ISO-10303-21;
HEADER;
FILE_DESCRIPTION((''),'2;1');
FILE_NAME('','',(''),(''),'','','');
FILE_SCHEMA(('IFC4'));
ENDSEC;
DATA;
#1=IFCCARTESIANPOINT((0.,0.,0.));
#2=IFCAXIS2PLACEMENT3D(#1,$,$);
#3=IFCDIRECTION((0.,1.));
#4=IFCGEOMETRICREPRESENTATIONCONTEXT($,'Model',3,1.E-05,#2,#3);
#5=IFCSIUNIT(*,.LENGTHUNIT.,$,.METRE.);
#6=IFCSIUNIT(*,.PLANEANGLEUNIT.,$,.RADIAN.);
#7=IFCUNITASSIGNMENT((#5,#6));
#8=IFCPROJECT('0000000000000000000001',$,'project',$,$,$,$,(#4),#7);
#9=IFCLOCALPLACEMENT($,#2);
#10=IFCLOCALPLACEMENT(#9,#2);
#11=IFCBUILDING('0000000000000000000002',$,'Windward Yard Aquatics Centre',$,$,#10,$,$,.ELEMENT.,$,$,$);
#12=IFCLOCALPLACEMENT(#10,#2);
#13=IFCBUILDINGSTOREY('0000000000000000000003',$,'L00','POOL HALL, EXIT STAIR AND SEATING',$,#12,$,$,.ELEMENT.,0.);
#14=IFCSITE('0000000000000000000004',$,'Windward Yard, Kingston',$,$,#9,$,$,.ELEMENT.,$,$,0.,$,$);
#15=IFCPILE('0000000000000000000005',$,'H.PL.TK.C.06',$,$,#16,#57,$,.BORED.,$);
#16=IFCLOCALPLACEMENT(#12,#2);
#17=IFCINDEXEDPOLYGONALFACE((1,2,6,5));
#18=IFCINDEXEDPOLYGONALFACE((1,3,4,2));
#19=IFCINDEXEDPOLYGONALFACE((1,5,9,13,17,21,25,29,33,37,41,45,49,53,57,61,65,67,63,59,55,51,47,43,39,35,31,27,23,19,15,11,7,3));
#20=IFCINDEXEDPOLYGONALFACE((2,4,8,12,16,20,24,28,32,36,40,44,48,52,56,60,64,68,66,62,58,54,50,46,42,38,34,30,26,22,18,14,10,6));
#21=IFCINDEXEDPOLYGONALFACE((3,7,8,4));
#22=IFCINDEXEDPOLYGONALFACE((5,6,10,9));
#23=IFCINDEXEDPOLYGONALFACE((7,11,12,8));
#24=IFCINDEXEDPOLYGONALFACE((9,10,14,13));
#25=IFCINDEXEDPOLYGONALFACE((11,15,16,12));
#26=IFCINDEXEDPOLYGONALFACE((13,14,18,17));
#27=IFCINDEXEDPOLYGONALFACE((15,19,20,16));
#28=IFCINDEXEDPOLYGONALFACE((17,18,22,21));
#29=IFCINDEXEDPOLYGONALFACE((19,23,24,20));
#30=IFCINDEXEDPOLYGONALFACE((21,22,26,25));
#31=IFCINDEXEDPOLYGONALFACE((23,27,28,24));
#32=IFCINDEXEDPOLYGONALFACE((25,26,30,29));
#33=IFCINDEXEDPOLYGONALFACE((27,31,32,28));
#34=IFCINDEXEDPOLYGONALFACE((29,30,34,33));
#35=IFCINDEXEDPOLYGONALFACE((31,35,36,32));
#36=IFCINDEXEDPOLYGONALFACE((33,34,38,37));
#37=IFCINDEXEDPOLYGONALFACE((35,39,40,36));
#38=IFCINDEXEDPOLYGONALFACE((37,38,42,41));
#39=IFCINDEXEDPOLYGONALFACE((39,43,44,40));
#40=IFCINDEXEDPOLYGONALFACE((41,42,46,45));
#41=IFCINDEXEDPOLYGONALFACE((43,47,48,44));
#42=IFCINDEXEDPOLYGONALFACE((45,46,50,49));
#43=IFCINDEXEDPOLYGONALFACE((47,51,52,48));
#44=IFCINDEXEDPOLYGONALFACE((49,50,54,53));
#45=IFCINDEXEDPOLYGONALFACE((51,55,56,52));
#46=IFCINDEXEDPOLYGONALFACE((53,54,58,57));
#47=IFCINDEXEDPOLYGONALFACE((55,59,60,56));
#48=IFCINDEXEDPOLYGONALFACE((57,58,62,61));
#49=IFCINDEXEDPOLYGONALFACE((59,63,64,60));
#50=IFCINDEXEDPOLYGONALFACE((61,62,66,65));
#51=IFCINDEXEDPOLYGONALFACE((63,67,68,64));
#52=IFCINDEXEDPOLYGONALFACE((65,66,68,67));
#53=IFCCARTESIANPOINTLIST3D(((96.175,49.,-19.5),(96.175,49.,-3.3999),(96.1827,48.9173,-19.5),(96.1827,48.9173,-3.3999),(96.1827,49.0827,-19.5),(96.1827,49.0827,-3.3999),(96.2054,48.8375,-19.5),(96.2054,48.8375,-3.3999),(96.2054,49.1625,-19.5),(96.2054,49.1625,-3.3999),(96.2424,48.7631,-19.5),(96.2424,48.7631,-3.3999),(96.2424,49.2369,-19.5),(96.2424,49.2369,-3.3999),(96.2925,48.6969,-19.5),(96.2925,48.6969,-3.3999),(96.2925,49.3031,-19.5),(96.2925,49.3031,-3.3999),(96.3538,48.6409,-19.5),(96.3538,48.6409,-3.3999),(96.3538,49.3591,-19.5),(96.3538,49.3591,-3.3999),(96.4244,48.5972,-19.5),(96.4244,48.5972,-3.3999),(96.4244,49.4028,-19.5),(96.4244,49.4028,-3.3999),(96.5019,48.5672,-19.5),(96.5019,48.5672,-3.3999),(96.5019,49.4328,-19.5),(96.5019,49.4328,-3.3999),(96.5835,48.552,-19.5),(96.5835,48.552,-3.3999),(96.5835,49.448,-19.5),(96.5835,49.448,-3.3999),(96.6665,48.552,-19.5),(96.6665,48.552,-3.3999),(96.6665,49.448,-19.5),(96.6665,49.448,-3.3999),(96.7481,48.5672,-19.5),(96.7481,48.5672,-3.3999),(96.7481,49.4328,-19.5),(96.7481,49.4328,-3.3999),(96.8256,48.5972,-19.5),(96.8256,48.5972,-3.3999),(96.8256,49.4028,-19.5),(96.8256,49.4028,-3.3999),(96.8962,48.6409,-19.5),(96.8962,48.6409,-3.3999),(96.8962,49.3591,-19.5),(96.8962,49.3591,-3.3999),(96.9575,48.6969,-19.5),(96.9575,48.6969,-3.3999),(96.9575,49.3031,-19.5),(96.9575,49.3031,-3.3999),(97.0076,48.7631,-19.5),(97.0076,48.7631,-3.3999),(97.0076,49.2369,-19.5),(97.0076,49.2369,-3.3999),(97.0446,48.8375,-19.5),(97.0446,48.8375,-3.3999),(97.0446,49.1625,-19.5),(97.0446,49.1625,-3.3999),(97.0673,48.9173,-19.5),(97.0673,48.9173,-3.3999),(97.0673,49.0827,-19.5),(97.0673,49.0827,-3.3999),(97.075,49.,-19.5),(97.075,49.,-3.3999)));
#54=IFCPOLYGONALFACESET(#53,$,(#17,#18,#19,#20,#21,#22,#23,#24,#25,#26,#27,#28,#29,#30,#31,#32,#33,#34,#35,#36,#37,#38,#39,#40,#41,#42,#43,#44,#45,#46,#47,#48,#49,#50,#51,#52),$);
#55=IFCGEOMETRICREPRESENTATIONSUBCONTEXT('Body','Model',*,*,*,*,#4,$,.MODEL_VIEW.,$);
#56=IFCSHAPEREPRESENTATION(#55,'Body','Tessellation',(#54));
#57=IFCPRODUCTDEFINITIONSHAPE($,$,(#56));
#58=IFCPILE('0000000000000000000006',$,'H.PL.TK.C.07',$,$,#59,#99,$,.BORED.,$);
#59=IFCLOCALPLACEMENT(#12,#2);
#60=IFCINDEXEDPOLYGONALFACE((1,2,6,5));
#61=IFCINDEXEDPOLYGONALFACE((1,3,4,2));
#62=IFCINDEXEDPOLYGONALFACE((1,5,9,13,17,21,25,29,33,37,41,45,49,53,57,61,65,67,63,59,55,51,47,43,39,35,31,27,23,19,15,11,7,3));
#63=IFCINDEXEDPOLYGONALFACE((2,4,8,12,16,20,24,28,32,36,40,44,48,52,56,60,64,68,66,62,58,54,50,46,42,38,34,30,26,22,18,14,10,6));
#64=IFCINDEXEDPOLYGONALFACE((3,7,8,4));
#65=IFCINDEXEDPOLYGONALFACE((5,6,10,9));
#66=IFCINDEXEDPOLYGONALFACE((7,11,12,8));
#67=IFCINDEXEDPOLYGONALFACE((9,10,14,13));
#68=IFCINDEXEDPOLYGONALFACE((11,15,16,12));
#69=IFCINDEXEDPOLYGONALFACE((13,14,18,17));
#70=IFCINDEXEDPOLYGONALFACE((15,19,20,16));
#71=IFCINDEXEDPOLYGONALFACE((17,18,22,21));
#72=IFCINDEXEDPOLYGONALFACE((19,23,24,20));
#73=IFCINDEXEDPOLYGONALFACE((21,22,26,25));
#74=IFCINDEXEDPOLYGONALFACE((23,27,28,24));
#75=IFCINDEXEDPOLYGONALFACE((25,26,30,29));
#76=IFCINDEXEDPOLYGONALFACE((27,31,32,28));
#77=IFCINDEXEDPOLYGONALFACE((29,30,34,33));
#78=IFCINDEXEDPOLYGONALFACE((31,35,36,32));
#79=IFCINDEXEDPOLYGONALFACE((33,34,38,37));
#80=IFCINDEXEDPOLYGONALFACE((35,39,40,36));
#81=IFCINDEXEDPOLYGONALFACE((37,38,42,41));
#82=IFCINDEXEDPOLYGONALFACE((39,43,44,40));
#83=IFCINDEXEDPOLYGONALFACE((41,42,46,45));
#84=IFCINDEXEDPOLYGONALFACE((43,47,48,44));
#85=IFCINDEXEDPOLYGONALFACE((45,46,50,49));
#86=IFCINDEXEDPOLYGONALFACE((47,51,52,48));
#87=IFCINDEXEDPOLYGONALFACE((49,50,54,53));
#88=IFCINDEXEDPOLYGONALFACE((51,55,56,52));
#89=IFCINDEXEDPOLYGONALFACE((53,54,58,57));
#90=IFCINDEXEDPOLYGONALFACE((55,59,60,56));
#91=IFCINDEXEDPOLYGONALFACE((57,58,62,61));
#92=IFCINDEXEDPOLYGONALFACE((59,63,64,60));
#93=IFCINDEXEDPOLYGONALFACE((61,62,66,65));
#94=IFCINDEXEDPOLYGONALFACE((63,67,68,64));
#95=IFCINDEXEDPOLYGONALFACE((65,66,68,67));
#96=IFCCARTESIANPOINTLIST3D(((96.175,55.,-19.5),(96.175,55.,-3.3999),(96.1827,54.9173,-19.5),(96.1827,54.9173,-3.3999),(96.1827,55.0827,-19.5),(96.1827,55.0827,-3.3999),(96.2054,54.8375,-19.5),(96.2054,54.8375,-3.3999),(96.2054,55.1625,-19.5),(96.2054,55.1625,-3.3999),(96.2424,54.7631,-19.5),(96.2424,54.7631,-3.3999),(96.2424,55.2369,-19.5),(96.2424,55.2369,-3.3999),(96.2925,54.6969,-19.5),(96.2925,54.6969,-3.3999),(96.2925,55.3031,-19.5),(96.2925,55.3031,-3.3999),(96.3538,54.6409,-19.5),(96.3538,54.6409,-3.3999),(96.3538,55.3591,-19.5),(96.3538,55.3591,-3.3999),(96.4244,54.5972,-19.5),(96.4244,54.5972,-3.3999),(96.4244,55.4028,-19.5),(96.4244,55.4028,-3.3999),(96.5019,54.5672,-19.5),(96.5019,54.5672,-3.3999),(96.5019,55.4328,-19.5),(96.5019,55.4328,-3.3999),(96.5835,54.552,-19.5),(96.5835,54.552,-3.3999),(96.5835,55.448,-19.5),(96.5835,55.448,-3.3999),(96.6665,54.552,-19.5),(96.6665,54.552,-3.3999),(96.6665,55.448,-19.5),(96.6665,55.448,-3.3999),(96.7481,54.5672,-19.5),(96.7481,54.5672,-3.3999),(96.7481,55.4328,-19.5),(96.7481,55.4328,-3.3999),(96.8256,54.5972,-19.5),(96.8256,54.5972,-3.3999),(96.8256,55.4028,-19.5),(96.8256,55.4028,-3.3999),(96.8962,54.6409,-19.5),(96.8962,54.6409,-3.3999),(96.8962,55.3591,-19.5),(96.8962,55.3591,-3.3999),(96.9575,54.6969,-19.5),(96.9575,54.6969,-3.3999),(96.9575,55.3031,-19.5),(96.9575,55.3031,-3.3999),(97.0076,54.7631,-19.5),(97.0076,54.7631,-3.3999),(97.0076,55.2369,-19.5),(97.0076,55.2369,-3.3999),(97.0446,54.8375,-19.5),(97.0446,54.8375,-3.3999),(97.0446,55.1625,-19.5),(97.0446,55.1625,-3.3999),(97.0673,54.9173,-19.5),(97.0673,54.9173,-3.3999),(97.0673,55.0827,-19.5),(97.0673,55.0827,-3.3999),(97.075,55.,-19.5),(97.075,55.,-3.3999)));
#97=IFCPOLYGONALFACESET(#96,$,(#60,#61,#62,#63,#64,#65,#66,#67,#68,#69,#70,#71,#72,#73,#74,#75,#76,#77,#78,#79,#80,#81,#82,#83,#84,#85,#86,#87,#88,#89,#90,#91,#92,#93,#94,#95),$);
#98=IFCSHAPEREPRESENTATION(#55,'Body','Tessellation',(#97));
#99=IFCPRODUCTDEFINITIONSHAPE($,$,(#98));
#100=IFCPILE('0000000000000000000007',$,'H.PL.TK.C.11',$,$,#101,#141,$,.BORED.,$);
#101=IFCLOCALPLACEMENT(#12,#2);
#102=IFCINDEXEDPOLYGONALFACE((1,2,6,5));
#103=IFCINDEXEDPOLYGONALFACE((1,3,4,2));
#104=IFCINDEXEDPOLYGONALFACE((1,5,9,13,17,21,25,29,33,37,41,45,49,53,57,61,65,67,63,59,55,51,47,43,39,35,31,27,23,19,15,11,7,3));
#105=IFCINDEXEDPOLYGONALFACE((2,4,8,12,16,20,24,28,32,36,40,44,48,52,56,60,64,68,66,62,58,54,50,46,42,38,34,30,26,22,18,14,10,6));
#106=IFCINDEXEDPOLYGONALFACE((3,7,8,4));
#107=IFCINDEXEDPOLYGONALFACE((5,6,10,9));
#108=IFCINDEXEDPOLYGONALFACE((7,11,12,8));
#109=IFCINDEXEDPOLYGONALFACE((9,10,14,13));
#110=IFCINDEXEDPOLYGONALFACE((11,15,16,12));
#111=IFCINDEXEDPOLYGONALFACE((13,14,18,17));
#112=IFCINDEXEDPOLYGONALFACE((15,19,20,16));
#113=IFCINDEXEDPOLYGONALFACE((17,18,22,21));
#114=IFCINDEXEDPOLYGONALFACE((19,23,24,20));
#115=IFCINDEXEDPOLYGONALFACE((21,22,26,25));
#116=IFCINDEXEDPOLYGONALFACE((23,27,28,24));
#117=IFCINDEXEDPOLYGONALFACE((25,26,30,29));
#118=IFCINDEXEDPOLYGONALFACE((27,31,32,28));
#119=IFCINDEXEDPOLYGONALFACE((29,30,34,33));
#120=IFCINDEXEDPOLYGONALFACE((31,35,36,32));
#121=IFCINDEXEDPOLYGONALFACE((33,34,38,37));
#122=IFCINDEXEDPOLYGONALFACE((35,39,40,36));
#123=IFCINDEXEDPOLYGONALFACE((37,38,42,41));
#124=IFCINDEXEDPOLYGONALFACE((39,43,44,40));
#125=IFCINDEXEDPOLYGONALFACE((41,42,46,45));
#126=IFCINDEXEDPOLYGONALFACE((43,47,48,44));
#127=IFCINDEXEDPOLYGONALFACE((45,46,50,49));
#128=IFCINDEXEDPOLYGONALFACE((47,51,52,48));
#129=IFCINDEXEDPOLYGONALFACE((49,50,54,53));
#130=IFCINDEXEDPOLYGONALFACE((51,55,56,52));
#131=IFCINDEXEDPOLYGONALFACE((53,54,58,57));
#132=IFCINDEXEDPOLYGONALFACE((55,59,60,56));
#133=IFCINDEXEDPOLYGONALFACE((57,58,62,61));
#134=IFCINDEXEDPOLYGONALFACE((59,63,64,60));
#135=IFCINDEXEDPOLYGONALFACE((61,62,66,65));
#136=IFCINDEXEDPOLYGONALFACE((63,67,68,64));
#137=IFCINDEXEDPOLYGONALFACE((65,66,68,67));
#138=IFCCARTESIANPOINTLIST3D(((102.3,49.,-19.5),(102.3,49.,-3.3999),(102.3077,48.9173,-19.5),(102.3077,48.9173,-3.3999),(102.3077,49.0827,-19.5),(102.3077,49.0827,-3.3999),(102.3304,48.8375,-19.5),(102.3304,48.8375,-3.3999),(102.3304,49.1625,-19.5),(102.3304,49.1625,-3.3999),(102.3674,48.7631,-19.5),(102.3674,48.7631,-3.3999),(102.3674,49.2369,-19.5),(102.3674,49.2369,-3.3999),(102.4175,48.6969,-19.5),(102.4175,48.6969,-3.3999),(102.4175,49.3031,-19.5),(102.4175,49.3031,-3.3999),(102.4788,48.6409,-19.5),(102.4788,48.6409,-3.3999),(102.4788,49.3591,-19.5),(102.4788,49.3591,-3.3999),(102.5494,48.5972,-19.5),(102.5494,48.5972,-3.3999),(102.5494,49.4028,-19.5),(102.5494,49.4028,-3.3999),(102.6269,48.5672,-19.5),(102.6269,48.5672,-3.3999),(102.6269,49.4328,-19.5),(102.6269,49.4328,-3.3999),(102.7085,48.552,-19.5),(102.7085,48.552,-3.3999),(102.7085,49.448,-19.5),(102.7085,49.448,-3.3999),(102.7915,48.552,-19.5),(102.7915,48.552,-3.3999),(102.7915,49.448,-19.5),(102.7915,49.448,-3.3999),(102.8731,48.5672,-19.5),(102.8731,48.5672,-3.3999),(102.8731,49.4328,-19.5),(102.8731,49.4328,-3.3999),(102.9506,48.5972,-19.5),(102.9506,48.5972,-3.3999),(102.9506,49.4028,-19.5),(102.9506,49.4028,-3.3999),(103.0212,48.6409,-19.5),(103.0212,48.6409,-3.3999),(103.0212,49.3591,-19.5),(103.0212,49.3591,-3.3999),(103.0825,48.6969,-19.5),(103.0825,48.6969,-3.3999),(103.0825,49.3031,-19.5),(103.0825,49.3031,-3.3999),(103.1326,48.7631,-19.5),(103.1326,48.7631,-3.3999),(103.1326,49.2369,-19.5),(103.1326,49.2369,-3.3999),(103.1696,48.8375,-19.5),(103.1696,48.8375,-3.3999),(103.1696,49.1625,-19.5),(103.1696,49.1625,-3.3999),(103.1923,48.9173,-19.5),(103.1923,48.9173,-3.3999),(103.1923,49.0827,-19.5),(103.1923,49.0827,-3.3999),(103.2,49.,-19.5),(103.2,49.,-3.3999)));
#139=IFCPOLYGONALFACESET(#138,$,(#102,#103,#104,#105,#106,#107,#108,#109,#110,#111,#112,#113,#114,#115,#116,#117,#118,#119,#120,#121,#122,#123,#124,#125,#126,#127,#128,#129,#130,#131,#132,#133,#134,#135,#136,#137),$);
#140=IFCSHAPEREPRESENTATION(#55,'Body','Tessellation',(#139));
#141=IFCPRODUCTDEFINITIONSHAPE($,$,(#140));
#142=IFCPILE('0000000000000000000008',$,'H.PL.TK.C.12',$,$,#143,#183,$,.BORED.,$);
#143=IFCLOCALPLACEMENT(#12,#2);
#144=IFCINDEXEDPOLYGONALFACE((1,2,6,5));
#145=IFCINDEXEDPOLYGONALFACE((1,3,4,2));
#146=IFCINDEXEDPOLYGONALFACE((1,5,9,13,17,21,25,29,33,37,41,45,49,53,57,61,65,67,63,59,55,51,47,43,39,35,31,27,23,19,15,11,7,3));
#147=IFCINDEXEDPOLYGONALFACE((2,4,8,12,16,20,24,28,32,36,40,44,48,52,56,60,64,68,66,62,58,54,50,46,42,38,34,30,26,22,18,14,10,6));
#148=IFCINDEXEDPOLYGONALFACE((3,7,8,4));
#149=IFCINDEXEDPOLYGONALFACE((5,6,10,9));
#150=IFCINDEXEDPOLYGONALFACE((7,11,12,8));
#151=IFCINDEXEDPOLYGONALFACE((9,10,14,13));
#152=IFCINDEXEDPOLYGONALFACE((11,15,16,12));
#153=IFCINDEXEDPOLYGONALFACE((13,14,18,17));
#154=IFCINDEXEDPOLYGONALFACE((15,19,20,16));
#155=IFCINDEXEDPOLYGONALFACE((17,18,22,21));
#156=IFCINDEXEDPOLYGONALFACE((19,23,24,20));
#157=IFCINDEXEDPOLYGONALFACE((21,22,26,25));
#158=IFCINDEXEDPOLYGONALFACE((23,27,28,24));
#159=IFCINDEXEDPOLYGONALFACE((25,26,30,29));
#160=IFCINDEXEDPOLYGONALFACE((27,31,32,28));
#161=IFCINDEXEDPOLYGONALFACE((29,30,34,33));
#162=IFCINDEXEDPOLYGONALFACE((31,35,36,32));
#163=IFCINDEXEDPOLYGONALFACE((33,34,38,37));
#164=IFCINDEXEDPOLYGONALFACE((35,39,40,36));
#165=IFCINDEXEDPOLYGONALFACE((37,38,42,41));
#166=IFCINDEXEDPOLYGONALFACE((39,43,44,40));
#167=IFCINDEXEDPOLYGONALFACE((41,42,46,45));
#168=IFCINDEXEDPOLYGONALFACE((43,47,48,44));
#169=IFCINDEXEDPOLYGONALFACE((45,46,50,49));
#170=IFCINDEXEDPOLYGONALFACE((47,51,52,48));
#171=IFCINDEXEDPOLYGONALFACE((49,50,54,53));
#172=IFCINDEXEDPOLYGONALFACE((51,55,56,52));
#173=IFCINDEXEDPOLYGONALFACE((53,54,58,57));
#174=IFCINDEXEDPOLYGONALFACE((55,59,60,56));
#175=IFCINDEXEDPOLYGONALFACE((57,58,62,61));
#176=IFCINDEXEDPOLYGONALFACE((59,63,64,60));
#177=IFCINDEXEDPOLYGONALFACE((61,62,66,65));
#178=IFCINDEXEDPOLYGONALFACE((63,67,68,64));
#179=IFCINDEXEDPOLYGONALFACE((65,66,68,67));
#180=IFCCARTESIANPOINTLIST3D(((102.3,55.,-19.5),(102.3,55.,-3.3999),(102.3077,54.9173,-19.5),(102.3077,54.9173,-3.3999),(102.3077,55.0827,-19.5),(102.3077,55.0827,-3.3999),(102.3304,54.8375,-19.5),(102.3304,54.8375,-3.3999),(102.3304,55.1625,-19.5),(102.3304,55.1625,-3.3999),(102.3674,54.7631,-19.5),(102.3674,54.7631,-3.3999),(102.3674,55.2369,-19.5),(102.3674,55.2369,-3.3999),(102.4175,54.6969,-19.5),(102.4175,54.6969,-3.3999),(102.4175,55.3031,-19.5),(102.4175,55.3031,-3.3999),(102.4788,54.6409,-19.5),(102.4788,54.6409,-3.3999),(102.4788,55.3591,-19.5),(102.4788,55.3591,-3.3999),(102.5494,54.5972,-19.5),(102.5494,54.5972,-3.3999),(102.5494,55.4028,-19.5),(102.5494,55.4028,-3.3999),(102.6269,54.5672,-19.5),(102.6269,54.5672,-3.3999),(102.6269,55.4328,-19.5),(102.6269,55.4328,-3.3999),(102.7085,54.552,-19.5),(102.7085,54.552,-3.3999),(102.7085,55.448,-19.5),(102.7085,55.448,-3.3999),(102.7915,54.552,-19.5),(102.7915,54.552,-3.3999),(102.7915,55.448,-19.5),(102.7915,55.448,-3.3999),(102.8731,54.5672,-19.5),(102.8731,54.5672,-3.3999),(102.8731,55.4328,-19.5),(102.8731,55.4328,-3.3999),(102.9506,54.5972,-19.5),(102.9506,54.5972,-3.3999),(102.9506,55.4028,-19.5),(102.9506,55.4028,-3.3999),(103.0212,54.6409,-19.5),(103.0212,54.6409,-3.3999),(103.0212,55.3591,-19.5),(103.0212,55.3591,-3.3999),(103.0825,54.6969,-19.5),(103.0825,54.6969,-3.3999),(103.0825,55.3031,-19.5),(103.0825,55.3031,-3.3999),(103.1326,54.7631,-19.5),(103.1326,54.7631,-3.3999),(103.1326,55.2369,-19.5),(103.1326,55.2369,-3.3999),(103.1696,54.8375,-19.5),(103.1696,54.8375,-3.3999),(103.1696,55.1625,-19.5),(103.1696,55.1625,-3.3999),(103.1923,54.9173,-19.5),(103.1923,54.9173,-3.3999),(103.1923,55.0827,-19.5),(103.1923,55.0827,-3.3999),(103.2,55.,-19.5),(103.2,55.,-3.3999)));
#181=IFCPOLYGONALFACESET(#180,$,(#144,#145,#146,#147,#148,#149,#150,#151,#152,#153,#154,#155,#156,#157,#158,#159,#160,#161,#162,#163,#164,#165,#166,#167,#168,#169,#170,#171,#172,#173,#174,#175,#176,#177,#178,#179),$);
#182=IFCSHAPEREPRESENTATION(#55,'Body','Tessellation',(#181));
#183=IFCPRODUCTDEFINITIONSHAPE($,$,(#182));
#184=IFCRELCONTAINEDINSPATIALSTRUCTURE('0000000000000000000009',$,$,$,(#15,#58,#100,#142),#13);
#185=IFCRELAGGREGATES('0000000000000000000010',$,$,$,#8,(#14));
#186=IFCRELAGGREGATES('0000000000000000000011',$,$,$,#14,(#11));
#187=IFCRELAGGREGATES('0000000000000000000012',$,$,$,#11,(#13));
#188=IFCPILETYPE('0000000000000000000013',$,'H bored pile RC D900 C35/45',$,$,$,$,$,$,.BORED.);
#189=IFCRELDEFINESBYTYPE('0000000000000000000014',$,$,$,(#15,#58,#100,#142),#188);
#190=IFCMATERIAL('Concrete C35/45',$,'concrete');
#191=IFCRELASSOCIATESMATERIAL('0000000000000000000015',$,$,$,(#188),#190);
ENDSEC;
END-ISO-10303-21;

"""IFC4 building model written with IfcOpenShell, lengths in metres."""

from ifc_helpers import new_model, si_unit, direction, frame, origin, origin_2d, place, context, subcontext, project, spatial, circle, extrude, material, material_profile, profile_set, type_object, element, save


model = new_model("IFC4")

# Units and contexts
model_context = context("Model", 3, precision=1e-05, world=origin(), true_north=direction((0.0, 1.0)))
body_context = subcontext(model_context, "Body", "Model", "MODEL_VIEW")
ifc_project = project(units=[si_unit("LENGTHUNIT", "METRE"), si_unit("PLANEANGLEUNIT", "RADIAN")], contexts=[model_context])

# Site, building, storey
site_placement = place(None, origin())
site = spatial("IfcSite", under=ifc_project, at=site_placement, Name="Windward Yard, Kingston", CompositionType="ELEMENT", RefElevation=0.0)
building_placement = place(site_placement, origin())
building = spatial("IfcBuilding", under=site, at=building_placement, Name="Windward Yard Aquatics Centre", CompositionType="ELEMENT")
storey_placement = place(building_placement, origin())
storey = spatial("IfcBuildingStorey", under=building, at=storey_placement, Name="L00", Description="POOL HALL, EXIT STAIR AND SEATING", CompositionType="ELEMENT", Elevation=0.0)

# Piles
ifc_material_1 = material(Name="Concrete C35/45", Category="concrete")
ifc_material_profile_1 = material_profile(ifc_material_1, circle(Radius=0.45, at=origin_2d()), Name="RC D900")
ifc_profile_set_1 = profile_set([ifc_material_profile_1], Name="Concrete C35/45")
pile_type = type_object("IfcPileType", Name="H bored pile RC D900 C35/45", PredefinedType="BORED", material=ifc_profile_set_1)
for number, where, z_axis, x_axis, name in (
    (1, (96.625, 49.0, -3.3999), (0.0, 0.0, -1.0), (1.0, 0.0, 0.0), "H.PL.TK.C.06"),
    (2, (96.625, 55.0, -3.3999), (0.0, 0.0, -1.0), (1.0, 0.0, 0.0), "H.PL.TK.C.07"),
    (3, (102.75, 49.0, -3.3999), (0.0, 0.0, -1.0), (1.0, 0.0, 0.0), "H.PL.TK.C.11"),
    (4, (102.75, 55.0, -3.3999), (0.0, 0.0, -1.0), (1.0, 0.0, 0.0), "H.PL.TK.C.12"),
):
    element("IfcPile", number, at=place(storey_placement, frame(where, z_axis=z_axis, x_axis=x_axis)), inside=storey, type_object=pile_type, Name=name, PredefinedType="BORED", context=body_context, shape_type="SweptSolid", body=[
        extrude(circle(Radius=0.45, at=origin_2d()), origin(), (0.0, 0.0, 1.0), 16.1001),
    ])

save(model, "model.ifc")
